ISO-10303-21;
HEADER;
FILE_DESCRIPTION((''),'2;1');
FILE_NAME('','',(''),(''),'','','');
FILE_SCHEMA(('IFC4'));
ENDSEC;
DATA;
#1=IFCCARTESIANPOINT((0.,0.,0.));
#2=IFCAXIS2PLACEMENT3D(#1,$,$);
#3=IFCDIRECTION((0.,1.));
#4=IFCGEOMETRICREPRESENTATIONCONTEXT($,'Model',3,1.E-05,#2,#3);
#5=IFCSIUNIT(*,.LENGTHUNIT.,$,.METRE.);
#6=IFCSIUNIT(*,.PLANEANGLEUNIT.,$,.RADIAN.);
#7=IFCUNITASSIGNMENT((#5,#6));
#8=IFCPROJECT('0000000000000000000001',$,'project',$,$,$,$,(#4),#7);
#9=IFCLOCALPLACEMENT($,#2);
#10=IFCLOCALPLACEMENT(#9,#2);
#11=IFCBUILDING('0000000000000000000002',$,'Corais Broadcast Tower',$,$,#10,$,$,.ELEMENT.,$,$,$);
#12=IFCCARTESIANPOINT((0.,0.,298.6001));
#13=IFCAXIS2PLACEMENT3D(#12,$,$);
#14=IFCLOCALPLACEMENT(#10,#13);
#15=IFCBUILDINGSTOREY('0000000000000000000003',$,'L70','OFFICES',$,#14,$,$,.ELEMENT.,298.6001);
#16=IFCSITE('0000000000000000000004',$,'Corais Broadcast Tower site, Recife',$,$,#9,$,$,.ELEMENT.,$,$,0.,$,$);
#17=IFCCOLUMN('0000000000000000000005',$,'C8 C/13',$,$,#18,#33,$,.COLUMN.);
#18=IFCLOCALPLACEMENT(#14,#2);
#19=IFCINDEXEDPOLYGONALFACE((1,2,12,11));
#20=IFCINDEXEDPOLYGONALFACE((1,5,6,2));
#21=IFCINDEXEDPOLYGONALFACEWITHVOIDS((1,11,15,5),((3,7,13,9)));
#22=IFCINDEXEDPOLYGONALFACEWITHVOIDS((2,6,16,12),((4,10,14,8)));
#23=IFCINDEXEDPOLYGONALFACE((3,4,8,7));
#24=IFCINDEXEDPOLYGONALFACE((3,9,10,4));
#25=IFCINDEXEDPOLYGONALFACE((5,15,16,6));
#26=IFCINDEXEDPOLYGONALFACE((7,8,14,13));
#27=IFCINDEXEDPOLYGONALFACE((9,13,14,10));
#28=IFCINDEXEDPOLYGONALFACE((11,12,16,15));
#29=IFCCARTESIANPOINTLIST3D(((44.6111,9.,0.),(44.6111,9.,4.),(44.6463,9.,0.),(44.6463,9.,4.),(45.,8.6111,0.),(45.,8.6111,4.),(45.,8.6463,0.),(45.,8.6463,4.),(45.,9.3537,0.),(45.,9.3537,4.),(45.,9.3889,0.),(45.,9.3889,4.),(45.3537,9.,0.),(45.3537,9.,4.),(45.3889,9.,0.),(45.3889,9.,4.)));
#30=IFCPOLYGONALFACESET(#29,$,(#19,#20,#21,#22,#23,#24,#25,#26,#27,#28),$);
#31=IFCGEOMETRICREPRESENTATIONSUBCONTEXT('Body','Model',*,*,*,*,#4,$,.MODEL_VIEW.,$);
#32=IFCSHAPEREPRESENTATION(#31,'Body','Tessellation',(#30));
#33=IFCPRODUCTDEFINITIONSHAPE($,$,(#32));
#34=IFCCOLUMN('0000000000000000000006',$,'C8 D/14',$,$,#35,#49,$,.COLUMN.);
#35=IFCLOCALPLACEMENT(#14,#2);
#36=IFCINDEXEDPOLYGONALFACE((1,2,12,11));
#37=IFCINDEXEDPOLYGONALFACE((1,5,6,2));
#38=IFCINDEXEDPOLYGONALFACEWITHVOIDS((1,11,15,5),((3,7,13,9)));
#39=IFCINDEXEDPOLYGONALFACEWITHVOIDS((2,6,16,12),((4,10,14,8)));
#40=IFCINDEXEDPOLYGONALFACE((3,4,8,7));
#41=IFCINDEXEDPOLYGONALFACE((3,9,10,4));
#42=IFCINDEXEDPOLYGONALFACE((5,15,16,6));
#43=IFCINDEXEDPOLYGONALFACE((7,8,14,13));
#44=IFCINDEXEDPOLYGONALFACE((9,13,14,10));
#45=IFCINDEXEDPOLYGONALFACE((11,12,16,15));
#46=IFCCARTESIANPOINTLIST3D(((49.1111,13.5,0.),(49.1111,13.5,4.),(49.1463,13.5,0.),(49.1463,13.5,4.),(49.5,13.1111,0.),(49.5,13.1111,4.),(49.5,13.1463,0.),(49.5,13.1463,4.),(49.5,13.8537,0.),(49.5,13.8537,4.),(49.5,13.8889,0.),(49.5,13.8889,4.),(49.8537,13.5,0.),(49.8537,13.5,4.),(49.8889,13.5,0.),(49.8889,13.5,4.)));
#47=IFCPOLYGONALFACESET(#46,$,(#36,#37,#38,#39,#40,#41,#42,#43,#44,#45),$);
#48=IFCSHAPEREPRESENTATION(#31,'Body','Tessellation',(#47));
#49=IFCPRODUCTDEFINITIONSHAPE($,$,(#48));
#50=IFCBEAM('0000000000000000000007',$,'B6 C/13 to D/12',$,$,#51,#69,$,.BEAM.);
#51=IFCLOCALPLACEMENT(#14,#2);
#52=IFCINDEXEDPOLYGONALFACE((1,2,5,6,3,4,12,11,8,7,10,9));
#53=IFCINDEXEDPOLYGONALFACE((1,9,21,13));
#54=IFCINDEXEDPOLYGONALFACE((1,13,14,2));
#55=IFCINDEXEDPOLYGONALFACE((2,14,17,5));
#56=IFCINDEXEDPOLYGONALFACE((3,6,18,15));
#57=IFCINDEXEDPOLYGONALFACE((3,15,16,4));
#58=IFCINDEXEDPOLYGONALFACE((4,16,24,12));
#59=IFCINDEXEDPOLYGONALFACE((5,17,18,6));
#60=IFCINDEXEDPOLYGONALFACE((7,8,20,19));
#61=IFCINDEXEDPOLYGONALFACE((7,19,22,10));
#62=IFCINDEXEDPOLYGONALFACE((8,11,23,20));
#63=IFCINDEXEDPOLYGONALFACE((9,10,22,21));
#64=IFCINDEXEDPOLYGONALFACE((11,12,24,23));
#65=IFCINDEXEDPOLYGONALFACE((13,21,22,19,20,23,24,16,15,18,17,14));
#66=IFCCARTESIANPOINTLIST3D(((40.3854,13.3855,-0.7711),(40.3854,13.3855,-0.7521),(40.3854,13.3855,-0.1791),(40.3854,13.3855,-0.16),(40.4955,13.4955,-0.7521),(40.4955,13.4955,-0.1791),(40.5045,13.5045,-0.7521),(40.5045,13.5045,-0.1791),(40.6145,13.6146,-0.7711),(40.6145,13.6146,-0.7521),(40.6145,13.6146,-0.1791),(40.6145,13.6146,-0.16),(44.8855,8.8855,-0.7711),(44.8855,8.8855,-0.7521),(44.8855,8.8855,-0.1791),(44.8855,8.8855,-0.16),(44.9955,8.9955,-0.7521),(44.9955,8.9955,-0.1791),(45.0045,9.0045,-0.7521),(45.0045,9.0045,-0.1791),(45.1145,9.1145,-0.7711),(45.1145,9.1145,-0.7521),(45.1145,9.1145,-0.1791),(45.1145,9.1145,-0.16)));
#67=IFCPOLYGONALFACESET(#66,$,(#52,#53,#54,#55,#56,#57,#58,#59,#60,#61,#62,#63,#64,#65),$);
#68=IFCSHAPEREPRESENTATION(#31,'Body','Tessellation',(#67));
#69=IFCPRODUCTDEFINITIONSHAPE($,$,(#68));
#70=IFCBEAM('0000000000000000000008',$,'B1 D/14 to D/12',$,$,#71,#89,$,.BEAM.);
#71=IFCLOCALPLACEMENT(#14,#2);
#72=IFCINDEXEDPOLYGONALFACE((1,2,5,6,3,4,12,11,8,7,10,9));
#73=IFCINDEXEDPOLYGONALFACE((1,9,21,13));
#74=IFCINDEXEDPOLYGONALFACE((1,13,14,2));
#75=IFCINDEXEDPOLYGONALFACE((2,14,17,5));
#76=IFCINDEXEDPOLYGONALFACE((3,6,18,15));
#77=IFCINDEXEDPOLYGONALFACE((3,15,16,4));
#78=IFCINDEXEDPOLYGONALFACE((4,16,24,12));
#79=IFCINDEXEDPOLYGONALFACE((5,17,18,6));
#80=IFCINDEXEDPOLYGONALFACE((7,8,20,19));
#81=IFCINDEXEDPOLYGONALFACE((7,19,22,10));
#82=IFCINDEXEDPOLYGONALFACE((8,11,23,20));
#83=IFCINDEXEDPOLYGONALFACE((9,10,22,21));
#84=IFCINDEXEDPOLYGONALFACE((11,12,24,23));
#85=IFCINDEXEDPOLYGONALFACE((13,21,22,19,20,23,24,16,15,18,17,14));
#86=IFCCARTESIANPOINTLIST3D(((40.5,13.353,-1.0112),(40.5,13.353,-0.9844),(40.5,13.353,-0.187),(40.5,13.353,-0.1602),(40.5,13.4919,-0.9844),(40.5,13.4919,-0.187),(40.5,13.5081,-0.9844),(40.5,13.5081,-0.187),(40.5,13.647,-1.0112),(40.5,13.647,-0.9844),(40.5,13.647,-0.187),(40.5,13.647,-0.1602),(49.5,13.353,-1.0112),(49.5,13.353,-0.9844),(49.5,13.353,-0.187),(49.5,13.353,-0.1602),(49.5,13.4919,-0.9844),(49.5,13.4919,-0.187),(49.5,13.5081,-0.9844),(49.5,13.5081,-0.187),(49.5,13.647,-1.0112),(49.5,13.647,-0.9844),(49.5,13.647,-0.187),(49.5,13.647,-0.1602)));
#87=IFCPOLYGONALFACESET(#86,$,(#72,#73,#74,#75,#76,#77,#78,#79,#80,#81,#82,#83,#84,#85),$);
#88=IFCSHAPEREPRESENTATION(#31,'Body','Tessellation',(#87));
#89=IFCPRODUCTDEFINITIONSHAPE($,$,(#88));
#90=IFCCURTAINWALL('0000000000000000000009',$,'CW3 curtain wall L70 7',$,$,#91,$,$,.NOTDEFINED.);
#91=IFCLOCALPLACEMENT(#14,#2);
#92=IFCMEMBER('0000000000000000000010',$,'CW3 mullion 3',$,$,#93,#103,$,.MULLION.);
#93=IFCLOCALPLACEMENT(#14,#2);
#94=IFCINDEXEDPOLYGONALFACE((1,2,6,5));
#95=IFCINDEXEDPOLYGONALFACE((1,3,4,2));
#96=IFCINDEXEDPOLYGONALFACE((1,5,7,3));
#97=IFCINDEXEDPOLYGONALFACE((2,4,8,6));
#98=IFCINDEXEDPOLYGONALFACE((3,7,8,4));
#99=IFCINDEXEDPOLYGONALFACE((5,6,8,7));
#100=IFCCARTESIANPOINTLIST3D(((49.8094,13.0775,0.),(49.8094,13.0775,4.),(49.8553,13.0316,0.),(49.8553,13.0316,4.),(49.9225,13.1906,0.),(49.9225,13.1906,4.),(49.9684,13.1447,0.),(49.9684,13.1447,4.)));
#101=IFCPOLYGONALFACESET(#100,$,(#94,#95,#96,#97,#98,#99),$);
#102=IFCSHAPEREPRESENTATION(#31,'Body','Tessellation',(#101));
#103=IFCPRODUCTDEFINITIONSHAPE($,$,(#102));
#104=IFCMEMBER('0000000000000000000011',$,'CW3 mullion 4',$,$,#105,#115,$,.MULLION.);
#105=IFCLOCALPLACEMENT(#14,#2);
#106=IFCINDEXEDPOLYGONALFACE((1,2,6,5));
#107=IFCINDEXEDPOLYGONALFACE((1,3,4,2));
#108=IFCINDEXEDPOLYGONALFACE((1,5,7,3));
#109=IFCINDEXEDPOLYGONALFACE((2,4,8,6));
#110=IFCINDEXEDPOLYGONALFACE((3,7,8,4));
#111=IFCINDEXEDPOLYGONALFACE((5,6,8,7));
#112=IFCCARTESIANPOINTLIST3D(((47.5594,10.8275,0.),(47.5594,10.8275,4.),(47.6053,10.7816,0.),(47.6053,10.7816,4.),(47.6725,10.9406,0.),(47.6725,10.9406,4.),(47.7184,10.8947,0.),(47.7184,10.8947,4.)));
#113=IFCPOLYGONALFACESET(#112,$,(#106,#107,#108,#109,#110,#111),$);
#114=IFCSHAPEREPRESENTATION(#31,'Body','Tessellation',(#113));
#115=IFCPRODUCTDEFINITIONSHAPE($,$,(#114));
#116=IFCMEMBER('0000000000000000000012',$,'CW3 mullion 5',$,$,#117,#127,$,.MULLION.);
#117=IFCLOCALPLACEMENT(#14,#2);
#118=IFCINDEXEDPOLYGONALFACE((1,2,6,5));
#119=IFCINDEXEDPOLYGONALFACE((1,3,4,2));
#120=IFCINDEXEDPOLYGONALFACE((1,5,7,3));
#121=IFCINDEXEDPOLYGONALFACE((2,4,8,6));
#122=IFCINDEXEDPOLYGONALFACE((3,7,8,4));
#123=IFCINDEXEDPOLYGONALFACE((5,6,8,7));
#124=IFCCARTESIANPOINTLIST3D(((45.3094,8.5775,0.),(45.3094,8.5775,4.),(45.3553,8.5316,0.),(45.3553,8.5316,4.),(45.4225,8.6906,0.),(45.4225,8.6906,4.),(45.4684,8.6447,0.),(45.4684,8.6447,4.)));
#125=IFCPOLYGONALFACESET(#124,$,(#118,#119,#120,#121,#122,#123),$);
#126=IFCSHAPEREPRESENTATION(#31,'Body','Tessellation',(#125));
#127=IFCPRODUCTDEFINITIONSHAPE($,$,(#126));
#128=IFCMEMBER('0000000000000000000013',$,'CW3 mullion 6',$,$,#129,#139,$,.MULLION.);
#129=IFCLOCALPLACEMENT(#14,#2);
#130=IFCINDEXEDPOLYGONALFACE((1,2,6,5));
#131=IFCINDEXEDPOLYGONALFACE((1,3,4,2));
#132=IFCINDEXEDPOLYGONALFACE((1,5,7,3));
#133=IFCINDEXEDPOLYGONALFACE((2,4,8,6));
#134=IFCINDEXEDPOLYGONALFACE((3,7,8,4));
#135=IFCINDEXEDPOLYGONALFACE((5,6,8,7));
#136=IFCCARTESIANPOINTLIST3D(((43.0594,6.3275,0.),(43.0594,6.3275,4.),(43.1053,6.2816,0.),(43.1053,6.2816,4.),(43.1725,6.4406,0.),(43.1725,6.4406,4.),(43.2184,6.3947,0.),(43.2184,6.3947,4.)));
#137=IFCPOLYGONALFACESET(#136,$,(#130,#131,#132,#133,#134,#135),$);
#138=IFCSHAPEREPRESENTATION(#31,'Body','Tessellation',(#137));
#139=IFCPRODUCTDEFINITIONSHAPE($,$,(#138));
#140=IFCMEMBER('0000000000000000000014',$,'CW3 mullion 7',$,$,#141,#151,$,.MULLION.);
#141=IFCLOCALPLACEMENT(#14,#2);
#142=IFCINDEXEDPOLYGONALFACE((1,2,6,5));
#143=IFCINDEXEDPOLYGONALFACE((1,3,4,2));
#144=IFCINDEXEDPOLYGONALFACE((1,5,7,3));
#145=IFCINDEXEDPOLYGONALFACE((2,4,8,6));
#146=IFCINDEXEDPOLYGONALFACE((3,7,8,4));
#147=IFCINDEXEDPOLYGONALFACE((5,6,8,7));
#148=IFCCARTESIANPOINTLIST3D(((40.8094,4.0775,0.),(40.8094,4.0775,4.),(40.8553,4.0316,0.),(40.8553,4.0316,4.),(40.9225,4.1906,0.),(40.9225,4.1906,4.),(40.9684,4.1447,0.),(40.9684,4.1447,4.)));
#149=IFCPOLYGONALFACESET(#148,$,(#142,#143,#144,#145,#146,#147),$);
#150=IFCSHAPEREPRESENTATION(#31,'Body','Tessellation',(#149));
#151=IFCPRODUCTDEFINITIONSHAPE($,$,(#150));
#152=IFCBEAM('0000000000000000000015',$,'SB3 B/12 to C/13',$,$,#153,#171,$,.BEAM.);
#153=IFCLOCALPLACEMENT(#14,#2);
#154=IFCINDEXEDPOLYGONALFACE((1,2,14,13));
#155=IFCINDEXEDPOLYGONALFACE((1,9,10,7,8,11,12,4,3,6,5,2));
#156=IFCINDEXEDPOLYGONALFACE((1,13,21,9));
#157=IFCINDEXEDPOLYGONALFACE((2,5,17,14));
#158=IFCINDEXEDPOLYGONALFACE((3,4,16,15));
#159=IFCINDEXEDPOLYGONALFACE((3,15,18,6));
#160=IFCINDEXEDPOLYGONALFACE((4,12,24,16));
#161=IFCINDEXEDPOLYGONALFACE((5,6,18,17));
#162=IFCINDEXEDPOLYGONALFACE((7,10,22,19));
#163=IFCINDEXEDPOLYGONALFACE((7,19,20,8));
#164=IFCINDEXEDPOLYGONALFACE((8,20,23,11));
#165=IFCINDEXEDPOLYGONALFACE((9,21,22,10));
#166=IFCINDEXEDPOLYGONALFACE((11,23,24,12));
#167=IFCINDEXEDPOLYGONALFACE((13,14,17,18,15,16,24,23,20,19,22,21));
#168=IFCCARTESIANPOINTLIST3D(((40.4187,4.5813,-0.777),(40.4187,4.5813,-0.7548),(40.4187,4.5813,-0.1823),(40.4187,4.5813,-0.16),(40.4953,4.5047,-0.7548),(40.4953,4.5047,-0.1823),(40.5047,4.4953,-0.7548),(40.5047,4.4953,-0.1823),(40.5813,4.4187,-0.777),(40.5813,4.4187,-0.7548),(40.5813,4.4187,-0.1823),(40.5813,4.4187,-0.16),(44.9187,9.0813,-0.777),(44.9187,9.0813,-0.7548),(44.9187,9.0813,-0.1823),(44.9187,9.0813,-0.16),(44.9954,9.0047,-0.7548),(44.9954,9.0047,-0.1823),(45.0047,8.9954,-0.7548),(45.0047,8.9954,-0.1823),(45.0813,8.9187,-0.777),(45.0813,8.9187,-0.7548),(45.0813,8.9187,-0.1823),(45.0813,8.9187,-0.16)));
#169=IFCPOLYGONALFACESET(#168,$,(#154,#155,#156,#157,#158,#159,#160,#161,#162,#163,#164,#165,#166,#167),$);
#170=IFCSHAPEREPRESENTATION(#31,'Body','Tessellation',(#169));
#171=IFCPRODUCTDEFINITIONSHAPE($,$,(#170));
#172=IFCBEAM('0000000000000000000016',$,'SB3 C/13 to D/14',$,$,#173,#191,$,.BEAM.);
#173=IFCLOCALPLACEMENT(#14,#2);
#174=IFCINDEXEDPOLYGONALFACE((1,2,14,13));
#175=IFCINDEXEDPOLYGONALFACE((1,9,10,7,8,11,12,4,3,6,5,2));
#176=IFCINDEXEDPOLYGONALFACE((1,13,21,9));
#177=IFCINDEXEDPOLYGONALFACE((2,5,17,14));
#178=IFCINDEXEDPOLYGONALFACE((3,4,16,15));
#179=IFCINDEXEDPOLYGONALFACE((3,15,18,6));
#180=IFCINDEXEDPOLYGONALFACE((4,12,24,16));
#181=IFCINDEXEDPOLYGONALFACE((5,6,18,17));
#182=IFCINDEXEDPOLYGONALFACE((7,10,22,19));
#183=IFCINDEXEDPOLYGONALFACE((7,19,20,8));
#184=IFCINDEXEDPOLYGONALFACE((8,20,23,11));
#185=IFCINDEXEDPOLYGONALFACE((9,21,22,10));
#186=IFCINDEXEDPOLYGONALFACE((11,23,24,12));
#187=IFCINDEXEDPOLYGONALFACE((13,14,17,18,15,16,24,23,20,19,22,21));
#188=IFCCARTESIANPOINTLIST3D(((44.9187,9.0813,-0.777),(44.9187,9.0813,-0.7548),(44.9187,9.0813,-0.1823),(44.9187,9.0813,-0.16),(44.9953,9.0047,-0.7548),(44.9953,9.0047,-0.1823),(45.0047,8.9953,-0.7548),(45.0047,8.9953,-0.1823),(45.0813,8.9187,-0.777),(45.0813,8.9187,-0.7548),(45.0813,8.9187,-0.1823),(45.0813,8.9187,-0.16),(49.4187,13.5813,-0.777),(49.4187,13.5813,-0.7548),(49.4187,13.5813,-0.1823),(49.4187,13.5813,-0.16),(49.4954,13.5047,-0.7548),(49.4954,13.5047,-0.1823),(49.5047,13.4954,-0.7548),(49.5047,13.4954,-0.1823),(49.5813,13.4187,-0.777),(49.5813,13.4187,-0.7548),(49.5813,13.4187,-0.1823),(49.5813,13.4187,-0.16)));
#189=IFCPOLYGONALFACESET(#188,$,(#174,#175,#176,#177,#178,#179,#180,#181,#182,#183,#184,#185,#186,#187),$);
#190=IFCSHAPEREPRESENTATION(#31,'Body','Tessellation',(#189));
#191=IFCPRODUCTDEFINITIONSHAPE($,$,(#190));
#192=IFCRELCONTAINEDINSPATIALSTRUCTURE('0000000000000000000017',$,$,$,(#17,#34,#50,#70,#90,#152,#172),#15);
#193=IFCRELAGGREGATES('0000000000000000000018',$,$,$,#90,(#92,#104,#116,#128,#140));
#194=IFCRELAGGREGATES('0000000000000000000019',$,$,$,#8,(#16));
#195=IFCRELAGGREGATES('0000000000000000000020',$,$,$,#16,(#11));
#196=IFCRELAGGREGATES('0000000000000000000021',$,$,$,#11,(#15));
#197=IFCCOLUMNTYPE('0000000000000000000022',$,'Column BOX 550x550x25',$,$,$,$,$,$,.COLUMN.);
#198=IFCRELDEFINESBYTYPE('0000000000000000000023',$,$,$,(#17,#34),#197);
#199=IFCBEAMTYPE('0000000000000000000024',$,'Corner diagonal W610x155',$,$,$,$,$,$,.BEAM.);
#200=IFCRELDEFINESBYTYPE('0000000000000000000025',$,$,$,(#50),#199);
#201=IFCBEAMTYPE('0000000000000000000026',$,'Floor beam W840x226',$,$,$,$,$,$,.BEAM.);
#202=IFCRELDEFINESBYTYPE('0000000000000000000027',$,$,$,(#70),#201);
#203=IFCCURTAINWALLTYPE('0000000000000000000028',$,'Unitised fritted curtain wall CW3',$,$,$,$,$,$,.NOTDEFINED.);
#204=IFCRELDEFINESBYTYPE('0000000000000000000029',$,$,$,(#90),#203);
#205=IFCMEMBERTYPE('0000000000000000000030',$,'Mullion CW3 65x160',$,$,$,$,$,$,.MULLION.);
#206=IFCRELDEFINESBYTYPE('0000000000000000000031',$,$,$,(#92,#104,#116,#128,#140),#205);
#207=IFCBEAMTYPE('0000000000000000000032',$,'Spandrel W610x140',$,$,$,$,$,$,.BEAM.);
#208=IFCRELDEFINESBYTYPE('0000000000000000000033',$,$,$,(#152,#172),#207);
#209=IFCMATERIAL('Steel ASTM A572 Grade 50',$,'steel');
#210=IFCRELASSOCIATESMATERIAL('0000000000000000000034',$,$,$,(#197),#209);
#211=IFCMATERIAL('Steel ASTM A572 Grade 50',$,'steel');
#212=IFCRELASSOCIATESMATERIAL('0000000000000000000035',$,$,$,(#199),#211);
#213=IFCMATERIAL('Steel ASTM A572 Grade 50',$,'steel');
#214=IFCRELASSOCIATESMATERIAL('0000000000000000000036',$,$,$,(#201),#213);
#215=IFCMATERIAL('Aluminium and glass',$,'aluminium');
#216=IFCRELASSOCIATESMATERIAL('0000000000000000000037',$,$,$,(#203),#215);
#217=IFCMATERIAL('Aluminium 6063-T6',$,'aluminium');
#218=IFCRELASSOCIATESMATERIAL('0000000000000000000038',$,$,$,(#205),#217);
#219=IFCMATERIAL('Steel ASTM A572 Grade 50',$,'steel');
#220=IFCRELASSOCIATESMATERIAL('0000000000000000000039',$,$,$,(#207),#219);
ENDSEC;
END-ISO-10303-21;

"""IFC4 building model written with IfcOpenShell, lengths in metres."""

from ifc_helpers import new_model, si_unit, direction, frame, origin, origin_2d, place, context, subcontext, project, spatial, rectangle, hollow_rectangle, i_section, extrude, material, material_profile, profile_set, type_object, element, aggregate, save


model = new_model("IFC4")

# Units and contexts
model_context = context("Model", 3, precision=1e-05, world=origin(), true_north=direction((0.0, 1.0)))
body_context = subcontext(model_context, "Body", "Model", "MODEL_VIEW")
ifc_project = project(units=[si_unit("LENGTHUNIT", "METRE"), si_unit("PLANEANGLEUNIT", "RADIAN")], contexts=[model_context])

# Site, building, storey
site_placement = place(None, origin())
site = spatial("IfcSite", under=ifc_project, at=site_placement, Name="Corais Broadcast Tower site, Recife", CompositionType="ELEMENT", RefElevation=0.0)
building_placement = place(site_placement, origin())
building = spatial("IfcBuilding", under=site, at=building_placement, Name="Corais Broadcast Tower", CompositionType="ELEMENT")
storey_placement = place(building_placement, frame((0.0, 0.0, 298.6001)))
storey = spatial("IfcBuildingStorey", under=building, at=storey_placement, Name="L70", Description="OFFICES", CompositionType="ELEMENT", Elevation=298.6001)

# Columns
ifc_material_1 = material(Name="Steel ASTM A572 Grade 50", Category="steel")
ifc_material_profile_1 = material_profile(ifc_material_1, hollow_rectangle(XDim=0.55, YDim=0.55, WallThickness=0.0249, at=origin_2d()), Name="BOX 550x550x25")
ifc_profile_set_1 = profile_set([ifc_material_profile_1], Name="Steel ASTM A572 Grade 50")
column_type = type_object("IfcColumnType", Name="Column BOX 550x550x25", PredefinedType="COLUMN", material=ifc_profile_set_1)
for number, where, z_axis, x_axis, name in (
    (1, (45.0, 9.0, 0.0), (0.0, 0.0, 1.0), (0.707107, 0.707107, 0.0), "C8 C/13"),
    (2, (49.5, 13.5, 0.0), (0.0, 0.0, 1.0), (0.707107, 0.707107, 0.0), "C8 D/14"),
):
    element("IfcColumn", number, at=place(storey_placement, frame(where, z_axis=z_axis, x_axis=x_axis)), inside=storey, type_object=column_type, Name=name, PredefinedType="COLUMN", context=body_context, shape_type="SweptSolid", body=[
        extrude(hollow_rectangle(XDim=0.55, YDim=0.55, WallThickness=0.0249, at=origin_2d()), origin(), (0.0, 0.0, 1.0), 4.0),
    ])

# Beams
ifc_material_2 = material(Name="Steel ASTM A572 Grade 50", Category="steel")
ifc_material_profile_2 = material_profile(ifc_material_2, i_section(OverallWidth=0.324, OverallDepth=0.6111, WebThickness=0.0127, FlangeThickness=0.019, at=origin_2d()), Name="W610x155")
ifc_profile_set_2 = profile_set([ifc_material_profile_2], Name="Steel ASTM A572 Grade 50")
beam_type_1 = type_object("IfcBeamType", Name="Corner diagonal W610x155", PredefinedType="BEAM", material=ifc_profile_set_2)
beam_1_placement = place(storey_placement, frame((45.0, 9.0, -0.4656), z_axis=(-0.707107, 0.707107, 0.0), x_axis=(-0.707107, -0.707107, 0.0)))
element("IfcBeam", 3, at=beam_1_placement, inside=storey, type_object=beam_type_1, Name="B6 C/13 to D/12", PredefinedType="BEAM", context=body_context, shape_type="SweptSolid", body=[
    extrude(i_section(OverallWidth=0.324, OverallDepth=0.6111, WebThickness=0.0127, FlangeThickness=0.019, at=origin_2d()), origin(), (0.0, 0.0, 1.0), 6.364),
])
ifc_material_3 = material(Name="Steel ASTM A572 Grade 50", Category="steel")
ifc_material_profile_3 = material_profile(ifc_material_3, i_section(OverallWidth=0.2939, OverallDepth=0.8511, WebThickness=0.0161, FlangeThickness=0.0269, at=origin_2d()), Name="W840x226")
ifc_profile_set_3 = profile_set([ifc_material_profile_3], Name="Steel ASTM A572 Grade 50")
beam_type_2 = type_object("IfcBeamType", Name="Floor beam W840x226", PredefinedType="BEAM", material=ifc_profile_set_3)
beam_2_placement = place(storey_placement, frame((49.5, 13.5, -0.5857), z_axis=(-1.0, 0.0, 0.0), x_axis=(0.0, -1.0, 0.0)))
element("IfcBeam", 4, at=beam_2_placement, inside=storey, type_object=beam_type_2, Name="B1 D/14 to D/12", PredefinedType="BEAM", context=body_context, shape_type="SweptSolid", body=[
    extrude(i_section(OverallWidth=0.2939, OverallDepth=0.8511, WebThickness=0.0161, FlangeThickness=0.0269, at=origin_2d()), origin(), (0.0, 0.0, 1.0), 9.0),
])

# Curtain wall, members
ifc_material_4 = material(Name="Aluminium and glass", Category="aluminium")
curtain_wall_type = type_object("IfcCurtainWallType", Name="Unitised fritted curtain wall CW3", PredefinedType="NOTDEFINED", material=ifc_material_4)
curtain_wall_placement = place(storey_placement, origin())
curtain_wall = element("IfcCurtainWall", 5, at=curtain_wall_placement, inside=storey, type_object=curtain_wall_type, Name="CW3 curtain wall L70 7", PredefinedType="NOTDEFINED")
ifc_material_5 = material(Name="Aluminium 6063-T6", Category="aluminium")
ifc_material_profile_4 = material_profile(ifc_material_5, rectangle(XDim=0.0649, YDim=0.1599, at=origin_2d()), Name="Mullion CW3 65x160")
ifc_profile_set_4 = profile_set([ifc_material_profile_4], Name="Aluminium 6063-T6")
member_type_1 = type_object("IfcMemberType", Name="Mullion CW3 65x160", PredefinedType="MULLION", material=ifc_profile_set_4)
member_1_placement = place(storey_placement, frame((49.8889, 13.1111, 0.0), z_axis=(0.0, 0.0, 1.0), x_axis=(0.707107, -0.707107, 0.0)))
member_1 = element("IfcMember", 6, at=member_1_placement, type_object=member_type_1, Name="CW3 mullion 3", PredefinedType="MULLION", context=body_context, shape_type="SweptSolid", body=[
    extrude(rectangle(XDim=0.0649, YDim=0.1599, at=origin_2d()), origin(), (0.0, 0.0, 1.0), 4.0),
])
member_2_placement = place(storey_placement, frame((47.6389, 10.8611, 0.0), z_axis=(0.0, 0.0, 1.0), x_axis=(0.707107, -0.707107, 0.0)))
member_2 = element("IfcMember", 7, at=member_2_placement, type_object=member_type_1, Name="CW3 mullion 4", PredefinedType="MULLION", context=body_context, shape_type="SweptSolid", body=[
    extrude(rectangle(XDim=0.0649, YDim=0.1599, at=origin_2d()), origin(), (0.0, 0.0, 1.0), 4.0),
])
member_3_placement = place(storey_placement, frame((45.3889, 8.6111, 0.0), z_axis=(0.0, 0.0, 1.0), x_axis=(0.707107, -0.707107, 0.0)))
member_3 = element("IfcMember", 8, at=member_3_placement, type_object=member_type_1, Name="CW3 mullion 5", PredefinedType="MULLION", context=body_context, shape_type="SweptSolid", body=[
    extrude(rectangle(XDim=0.0649, YDim=0.1599, at=origin_2d()), origin(), (0.0, 0.0, 1.0), 4.0),
])
member_4_placement = place(storey_placement, frame((43.1389, 6.3611, 0.0), z_axis=(0.0, 0.0, 1.0), x_axis=(0.707107, -0.707107, 0.0)))
member_4 = element("IfcMember", 9, at=member_4_placement, type_object=member_type_1, Name="CW3 mullion 6", PredefinedType="MULLION", context=body_context, shape_type="SweptSolid", body=[
    extrude(rectangle(XDim=0.0649, YDim=0.1599, at=origin_2d()), origin(), (0.0, 0.0, 1.0), 4.0),
])
member_5_placement = place(storey_placement, frame((40.8889, 4.1111, 0.0), z_axis=(0.0, 0.0, 1.0), x_axis=(0.707107, -0.707107, 0.0)))
member_5 = element("IfcMember", 10, at=member_5_placement, type_object=member_type_1, Name="CW3 mullion 7", PredefinedType="MULLION", context=body_context, shape_type="SweptSolid", body=[
    extrude(rectangle(XDim=0.0649, YDim=0.1599, at=origin_2d()), origin(), (0.0, 0.0, 1.0), 4.0),
])

# Beams
ifc_material_6 = material(Name="Steel ASTM A572 Grade 50", Category="steel")
ifc_material_profile_5 = material_profile(ifc_material_6, i_section(OverallWidth=0.23, OverallDepth=0.6169, WebThickness=0.0132, FlangeThickness=0.0222, at=origin_2d()), Name="W610x140")
ifc_profile_set_5 = profile_set([ifc_material_profile_5], Name="Steel ASTM A572 Grade 50")
beam_type_3 = type_object("IfcBeamType", Name="Spandrel W610x140", PredefinedType="BEAM", material=ifc_profile_set_5)
for number, where, z_axis, x_axis, name in (
    (11, (40.5, 4.5, -0.4685), (0.707107, 0.707107, 0.0), (-0.707107, 0.707107, 0.0), "SB3 B/12 to C/13"),
    (12, (45.0, 9.0, -0.4685), (0.707107, 0.707107, 0.0), (-0.707107, 0.707107, 0.0), "SB3 C/13 to D/14"),
):
    element("IfcBeam", number, at=place(storey_placement, frame(where, z_axis=z_axis, x_axis=x_axis)), inside=storey, type_object=beam_type_3, Name=name, PredefinedType="BEAM", context=body_context, shape_type="SweptSolid", body=[
        extrude(i_section(OverallWidth=0.23, OverallDepth=0.6169, WebThickness=0.0132, FlangeThickness=0.0222, at=origin_2d()), origin(), (0.0, 0.0, 1.0), 6.364),
    ])

aggregate(curtain_wall, [member_1, member_2, member_3, member_4, member_5])

save(model, "model.ifc")
